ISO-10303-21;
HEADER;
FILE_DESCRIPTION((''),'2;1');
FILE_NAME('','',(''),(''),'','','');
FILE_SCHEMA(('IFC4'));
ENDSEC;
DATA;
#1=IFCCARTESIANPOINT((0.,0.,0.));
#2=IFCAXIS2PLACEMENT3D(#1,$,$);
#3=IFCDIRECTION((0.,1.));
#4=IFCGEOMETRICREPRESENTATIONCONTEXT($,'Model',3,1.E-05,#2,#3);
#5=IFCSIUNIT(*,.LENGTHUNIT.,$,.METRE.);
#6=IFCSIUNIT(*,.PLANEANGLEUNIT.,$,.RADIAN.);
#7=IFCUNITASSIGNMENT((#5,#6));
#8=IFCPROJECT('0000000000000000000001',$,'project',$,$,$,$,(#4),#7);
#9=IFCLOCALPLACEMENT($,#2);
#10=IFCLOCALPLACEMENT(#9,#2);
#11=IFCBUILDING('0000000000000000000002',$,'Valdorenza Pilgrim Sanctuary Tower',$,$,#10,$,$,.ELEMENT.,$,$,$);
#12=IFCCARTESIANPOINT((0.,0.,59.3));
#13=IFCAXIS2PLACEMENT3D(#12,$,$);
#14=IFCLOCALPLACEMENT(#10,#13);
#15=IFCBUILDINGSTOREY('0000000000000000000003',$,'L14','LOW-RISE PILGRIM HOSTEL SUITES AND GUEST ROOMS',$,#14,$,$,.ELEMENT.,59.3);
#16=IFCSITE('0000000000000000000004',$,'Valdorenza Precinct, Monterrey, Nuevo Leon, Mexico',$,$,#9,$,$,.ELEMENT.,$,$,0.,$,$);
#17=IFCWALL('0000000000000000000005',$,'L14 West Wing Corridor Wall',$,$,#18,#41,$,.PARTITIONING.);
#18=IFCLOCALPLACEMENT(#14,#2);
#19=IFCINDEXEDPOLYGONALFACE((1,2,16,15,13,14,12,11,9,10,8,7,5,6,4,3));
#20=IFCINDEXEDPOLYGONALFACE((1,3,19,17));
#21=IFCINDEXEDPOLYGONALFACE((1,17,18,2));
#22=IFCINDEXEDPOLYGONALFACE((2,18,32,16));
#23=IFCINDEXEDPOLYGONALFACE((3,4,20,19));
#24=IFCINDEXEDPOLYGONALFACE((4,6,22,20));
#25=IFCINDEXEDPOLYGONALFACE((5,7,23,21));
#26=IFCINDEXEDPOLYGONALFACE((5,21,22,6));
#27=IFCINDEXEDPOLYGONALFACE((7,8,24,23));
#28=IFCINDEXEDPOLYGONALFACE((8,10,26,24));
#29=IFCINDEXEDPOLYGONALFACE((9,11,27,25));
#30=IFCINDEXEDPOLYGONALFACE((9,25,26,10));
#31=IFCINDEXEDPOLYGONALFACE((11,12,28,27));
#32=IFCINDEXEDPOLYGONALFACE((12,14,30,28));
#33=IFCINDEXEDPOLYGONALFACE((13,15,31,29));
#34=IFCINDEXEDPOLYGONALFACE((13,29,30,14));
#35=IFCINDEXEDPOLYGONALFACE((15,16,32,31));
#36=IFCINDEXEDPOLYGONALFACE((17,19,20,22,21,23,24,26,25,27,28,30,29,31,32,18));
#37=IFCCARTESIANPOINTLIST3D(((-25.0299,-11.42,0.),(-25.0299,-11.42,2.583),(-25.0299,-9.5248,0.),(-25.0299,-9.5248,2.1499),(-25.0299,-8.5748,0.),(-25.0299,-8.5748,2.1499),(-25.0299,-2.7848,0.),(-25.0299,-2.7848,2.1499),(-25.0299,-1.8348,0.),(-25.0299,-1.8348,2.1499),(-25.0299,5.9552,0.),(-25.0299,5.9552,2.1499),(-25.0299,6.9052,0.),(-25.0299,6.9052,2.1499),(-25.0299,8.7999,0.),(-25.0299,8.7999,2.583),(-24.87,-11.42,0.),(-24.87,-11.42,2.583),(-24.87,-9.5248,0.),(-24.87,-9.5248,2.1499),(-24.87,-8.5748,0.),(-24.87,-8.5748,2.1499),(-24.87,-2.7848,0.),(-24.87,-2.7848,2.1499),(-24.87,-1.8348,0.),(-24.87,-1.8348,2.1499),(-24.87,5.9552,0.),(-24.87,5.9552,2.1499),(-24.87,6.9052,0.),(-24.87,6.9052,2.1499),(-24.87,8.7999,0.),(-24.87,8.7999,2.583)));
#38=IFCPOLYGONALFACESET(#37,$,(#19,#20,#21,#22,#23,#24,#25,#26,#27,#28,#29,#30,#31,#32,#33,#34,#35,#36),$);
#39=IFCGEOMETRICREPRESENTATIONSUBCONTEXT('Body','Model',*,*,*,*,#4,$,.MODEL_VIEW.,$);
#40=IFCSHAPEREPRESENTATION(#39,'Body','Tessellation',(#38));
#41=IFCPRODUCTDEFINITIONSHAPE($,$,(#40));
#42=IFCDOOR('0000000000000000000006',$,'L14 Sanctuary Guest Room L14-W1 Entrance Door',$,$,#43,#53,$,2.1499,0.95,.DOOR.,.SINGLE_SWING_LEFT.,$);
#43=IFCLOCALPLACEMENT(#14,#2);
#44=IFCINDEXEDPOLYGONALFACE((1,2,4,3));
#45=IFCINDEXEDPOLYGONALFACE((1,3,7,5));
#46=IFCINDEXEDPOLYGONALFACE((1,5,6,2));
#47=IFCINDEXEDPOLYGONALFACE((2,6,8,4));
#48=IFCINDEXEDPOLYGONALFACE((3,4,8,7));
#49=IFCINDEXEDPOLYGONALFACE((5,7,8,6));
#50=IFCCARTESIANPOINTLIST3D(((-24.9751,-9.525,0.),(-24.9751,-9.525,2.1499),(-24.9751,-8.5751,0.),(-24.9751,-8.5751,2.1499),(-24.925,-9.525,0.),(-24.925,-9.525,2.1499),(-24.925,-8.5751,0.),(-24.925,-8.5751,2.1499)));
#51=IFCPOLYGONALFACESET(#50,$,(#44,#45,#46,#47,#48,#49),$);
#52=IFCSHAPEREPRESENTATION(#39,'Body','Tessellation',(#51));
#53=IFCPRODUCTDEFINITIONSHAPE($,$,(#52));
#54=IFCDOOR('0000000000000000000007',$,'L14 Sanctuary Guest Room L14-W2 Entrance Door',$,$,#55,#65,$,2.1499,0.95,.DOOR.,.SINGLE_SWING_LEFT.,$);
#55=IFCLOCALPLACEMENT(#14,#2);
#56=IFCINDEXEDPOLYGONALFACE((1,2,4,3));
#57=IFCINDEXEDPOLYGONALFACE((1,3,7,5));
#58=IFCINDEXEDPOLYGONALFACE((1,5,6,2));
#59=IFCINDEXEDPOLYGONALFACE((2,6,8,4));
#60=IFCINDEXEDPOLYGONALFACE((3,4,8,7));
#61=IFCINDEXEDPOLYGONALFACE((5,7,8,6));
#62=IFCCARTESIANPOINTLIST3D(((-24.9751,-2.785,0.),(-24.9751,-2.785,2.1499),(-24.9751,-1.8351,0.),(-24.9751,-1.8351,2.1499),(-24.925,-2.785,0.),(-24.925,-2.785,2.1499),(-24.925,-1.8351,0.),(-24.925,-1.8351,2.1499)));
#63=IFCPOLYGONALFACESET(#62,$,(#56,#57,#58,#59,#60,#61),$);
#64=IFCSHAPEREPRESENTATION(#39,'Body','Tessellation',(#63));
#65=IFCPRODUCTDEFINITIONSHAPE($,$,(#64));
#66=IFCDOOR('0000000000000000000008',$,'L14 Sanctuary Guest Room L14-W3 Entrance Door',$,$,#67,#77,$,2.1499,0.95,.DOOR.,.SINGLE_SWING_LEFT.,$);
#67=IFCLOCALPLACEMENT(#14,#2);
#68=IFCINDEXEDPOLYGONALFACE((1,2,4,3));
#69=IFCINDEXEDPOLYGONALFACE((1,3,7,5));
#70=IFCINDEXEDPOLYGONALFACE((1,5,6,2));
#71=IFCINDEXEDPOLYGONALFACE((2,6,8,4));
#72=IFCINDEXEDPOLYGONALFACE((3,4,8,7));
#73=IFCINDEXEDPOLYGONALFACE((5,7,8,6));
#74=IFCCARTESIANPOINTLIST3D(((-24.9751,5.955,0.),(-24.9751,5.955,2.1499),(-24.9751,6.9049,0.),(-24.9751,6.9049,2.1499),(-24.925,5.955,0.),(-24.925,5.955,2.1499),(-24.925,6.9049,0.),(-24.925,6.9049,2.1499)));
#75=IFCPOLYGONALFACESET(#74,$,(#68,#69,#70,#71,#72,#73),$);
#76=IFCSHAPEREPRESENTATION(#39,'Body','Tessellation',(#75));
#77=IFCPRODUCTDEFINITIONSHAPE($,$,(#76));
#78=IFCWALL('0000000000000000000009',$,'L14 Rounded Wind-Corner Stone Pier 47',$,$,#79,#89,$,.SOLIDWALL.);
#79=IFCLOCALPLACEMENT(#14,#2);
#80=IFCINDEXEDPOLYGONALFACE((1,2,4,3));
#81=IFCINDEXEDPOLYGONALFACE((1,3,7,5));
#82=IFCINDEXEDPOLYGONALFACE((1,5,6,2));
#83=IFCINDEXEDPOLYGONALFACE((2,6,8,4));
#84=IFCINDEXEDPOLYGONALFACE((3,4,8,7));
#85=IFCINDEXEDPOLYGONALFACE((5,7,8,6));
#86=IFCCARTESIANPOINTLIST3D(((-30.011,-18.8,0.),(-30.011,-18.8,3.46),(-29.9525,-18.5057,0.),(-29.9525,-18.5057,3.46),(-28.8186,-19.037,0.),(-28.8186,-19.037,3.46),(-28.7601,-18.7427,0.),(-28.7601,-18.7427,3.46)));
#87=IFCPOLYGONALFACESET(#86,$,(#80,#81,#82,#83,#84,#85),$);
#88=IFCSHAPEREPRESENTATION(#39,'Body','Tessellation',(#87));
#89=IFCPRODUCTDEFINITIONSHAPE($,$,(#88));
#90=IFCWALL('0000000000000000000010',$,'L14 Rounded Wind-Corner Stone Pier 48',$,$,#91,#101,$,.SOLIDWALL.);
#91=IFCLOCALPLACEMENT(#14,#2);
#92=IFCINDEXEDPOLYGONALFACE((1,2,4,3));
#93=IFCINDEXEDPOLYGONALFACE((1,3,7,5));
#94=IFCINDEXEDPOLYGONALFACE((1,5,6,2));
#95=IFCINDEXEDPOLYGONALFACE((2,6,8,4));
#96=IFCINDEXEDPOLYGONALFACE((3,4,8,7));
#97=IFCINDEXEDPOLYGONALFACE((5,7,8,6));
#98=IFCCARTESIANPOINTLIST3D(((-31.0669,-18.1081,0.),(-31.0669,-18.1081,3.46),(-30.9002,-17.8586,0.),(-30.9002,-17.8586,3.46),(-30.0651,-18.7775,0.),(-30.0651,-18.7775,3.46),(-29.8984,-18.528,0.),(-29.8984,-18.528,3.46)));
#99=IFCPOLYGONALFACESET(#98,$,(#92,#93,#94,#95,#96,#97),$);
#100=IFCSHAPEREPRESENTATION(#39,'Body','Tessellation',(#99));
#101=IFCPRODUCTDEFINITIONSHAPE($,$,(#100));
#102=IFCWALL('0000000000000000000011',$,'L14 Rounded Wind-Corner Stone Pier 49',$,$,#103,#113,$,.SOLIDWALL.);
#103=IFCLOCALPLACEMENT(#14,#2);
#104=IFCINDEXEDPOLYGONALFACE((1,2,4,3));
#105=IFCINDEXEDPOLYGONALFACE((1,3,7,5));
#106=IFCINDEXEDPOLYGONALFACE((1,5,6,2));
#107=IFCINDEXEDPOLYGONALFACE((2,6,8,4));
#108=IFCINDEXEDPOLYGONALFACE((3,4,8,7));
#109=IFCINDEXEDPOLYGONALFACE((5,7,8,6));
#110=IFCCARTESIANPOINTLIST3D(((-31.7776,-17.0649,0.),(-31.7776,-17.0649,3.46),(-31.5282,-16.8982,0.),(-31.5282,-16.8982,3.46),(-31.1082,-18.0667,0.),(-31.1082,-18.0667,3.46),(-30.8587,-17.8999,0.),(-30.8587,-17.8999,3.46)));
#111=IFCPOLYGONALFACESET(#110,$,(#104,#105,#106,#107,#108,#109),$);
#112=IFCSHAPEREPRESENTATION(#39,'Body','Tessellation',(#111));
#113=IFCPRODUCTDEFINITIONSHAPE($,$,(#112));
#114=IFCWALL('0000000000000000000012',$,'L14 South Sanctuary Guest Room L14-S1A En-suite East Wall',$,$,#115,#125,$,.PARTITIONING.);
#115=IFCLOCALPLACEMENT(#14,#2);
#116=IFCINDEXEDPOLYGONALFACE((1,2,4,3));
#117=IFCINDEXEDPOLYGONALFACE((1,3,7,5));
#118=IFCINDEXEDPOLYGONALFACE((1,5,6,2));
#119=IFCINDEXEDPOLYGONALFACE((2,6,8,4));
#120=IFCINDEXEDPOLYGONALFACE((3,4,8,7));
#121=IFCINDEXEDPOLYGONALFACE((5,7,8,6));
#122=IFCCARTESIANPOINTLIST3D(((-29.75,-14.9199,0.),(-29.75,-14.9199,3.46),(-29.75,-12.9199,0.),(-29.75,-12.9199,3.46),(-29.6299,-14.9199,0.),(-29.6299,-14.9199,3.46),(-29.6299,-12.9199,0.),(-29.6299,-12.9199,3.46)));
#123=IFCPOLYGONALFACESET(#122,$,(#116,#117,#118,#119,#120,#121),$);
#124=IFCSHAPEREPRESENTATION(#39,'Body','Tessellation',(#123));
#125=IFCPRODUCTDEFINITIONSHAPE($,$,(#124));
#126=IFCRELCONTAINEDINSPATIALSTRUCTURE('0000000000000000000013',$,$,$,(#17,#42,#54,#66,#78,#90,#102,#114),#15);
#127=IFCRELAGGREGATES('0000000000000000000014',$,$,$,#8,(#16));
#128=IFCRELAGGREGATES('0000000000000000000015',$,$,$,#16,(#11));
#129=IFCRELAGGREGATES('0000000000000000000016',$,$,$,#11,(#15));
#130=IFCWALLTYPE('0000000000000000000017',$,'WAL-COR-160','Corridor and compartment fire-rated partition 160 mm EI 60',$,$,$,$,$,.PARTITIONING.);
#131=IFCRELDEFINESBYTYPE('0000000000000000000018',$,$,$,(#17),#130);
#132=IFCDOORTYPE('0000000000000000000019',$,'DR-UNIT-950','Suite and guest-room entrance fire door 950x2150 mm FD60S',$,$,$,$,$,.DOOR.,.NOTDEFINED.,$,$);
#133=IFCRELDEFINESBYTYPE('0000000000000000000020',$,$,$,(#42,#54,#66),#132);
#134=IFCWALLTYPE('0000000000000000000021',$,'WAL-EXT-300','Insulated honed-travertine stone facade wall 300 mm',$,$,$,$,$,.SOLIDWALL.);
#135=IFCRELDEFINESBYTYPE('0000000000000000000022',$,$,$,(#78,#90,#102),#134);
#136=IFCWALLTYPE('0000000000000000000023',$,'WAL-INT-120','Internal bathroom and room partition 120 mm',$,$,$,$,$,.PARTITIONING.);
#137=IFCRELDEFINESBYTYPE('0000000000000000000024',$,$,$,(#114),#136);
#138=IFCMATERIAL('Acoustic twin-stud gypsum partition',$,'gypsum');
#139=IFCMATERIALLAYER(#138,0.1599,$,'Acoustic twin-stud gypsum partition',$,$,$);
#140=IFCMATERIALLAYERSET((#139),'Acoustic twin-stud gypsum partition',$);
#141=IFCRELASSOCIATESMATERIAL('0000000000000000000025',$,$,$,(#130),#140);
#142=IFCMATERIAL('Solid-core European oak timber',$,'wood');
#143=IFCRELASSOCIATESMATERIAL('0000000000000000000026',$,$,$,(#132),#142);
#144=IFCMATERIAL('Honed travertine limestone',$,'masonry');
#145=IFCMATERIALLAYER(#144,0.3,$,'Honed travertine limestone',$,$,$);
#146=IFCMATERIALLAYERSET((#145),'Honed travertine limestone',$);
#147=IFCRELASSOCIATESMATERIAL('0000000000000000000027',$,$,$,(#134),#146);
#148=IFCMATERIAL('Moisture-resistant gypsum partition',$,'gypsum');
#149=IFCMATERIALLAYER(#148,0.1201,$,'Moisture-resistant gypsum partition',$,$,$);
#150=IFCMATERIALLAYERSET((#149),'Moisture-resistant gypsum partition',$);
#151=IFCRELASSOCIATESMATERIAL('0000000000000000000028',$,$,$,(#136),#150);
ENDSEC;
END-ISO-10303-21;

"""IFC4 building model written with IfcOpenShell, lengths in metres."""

from ifc_helpers import new_model, si_unit, direction, frame, frame_2d, origin, place, context, subcontext, project, spatial, rectangle, extrude, material, layer, layer_set, type_object, element, fill, save


model = new_model("IFC4")

# Units and contexts
model_context = context("Model", 3, precision=1e-05, world=origin(), true_north=direction((0.0, 1.0)))
body_context = subcontext(model_context, "Body", "Model", "MODEL_VIEW")
ifc_project = project(units=[si_unit("LENGTHUNIT", "METRE"), si_unit("PLANEANGLEUNIT", "RADIAN")], contexts=[model_context])

# Site, building, storey
site_placement = place(None, origin())
site = spatial("IfcSite", under=ifc_project, at=site_placement, Name="Valdorenza Precinct, Monterrey, Nuevo Leon, Mexico", CompositionType="ELEMENT", RefElevation=0.0)
building_placement = place(site_placement, origin())
building = spatial("IfcBuilding", under=site, at=building_placement, Name="Valdorenza Pilgrim Sanctuary Tower", CompositionType="ELEMENT")
storey_placement = place(building_placement, frame((0.0, 0.0, 59.3)))
storey = spatial("IfcBuildingStorey", under=building, at=storey_placement, Name="L14", Description="LOW-RISE PILGRIM HOSTEL SUITES AND GUEST ROOMS", CompositionType="ELEMENT", Elevation=59.3)

# Shared definitions
ifc_material_1 = material(Name="Honed travertine limestone", Category="masonry")

# Wall, openings, doors
ifc_material_2 = material(Name="Acoustic twin-stud gypsum partition", Category="gypsum")
ifc_layer_1 = layer(ifc_material_2, 0.1599, Name="Acoustic twin-stud gypsum partition")
ifc_layer_set_1 = layer_set([ifc_layer_1], Name="Acoustic twin-stud gypsum partition")
wall_type_1 = type_object("IfcWallType", Name="WAL-COR-160", Description="Corridor and compartment fire-rated partition 160 mm EI 60", PredefinedType="PARTITIONING", material=ifc_layer_set_1)
wall_1_placement = place(storey_placement, frame((-24.95, -11.4199, 0.0), z_axis=(0.0, 0.0, 1.0), x_axis=(0.0, 1.0, 0.0)))
wall_1 = element("IfcWall", 1, at=wall_1_placement, inside=storey, type_object=wall_type_1, Name="L14 West Wing Corridor Wall", PredefinedType="PARTITIONING", context=body_context, shape_type="SweptSolid", body=[
    extrude(rectangle(XDim=20.22, YDim=0.1599, at=frame_2d((10.1099, 0.0))), origin(), (0.0, 0.0, 1.0), 2.583),
])
opening_1_placement = place(wall_1_placement, frame((1.895, 0.0, 0.0)))
opening_1 = element("IfcOpeningElement", 2, at=opening_1_placement, cuts=wall_1, PredefinedType="OPENING", context=body_context, shape_type="SweptSolid", body=[
    extrude(rectangle(XDim=0.95, YDim=2.1499, at=frame_2d((0.4751, 1.075))), frame((0.0, 0.0947, 0.0), z_axis=(0.0, -1.0, 0.0), x_axis=(1.0, 0.0, 0.0)), (0.0, 0.0, 1.0), 0.1897),
])
opening_2_placement = place(wall_1_placement, frame((8.635, 0.0, 0.0)))
opening_2 = element("IfcOpeningElement", 3, at=opening_2_placement, cuts=wall_1, PredefinedType="OPENING", context=body_context, shape_type="SweptSolid", body=[
    extrude(rectangle(XDim=0.95, YDim=2.1499, at=frame_2d((0.4751, 1.075))), frame((0.0, 0.0947, 0.0), z_axis=(0.0, -1.0, 0.0), x_axis=(1.0, 0.0, 0.0)), (0.0, 0.0, 1.0), 0.1897),
])
opening_3_placement = place(wall_1_placement, frame((17.375, 0.0, 0.0)))
opening_3 = element("IfcOpeningElement", 4, at=opening_3_placement, cuts=wall_1, PredefinedType="OPENING", context=body_context, shape_type="SweptSolid", body=[
    extrude(rectangle(XDim=0.95, YDim=2.1499, at=frame_2d((0.4751, 1.075))), frame((0.0, 0.0947, 0.0), z_axis=(0.0, -1.0, 0.0), x_axis=(1.0, 0.0, 0.0)), (0.0, 0.0, 1.0), 0.1897),
])
ifc_material_3 = material(Name="Solid-core European oak timber", Category="wood")
door_type = type_object("IfcDoorType", Name="DR-UNIT-950", Description="Suite and guest-room entrance fire door 950x2150 mm FD60S", OperationType="NOTDEFINED", PredefinedType="DOOR", material=ifc_material_3)
door_1_placement = place(opening_1_placement, frame((0.95, 0.0, 0.0), z_axis=(0.0, 0.0, 1.0), x_axis=(-1.0, 0.0, 0.0)))
door_1 = element("IfcDoor", 5, at=door_1_placement, inside=storey, type_object=door_type, Name="L14 Sanctuary Guest Room L14-W1 Entrance Door", OperationType="SINGLE_SWING_LEFT", OverallHeight=2.1499, OverallWidth=0.95, PredefinedType="DOOR", context=body_context, shape_type="SweptSolid", body=[
    extrude(rectangle(XDim=0.95, YDim=2.1499, at=frame_2d((0.4751, 1.075))), frame((0.0, 0.0249, 0.0), z_axis=(0.0, -1.0, 0.0), x_axis=(1.0, 0.0, 0.0)), (0.0, 0.0, 1.0), 0.05),
])
fill(opening_1, door_1)
door_2_placement = place(opening_2_placement, frame((0.95, 0.0, 0.0), z_axis=(0.0, 0.0, 1.0), x_axis=(-1.0, 0.0, 0.0)))
door_2 = element("IfcDoor", 6, at=door_2_placement, inside=storey, type_object=door_type, Name="L14 Sanctuary Guest Room L14-W2 Entrance Door", OperationType="SINGLE_SWING_LEFT", OverallHeight=2.1499, OverallWidth=0.95, PredefinedType="DOOR", context=body_context, shape_type="SweptSolid", body=[
    extrude(rectangle(XDim=0.95, YDim=2.1499, at=frame_2d((0.4751, 1.075))), frame((0.0, 0.0249, 0.0), z_axis=(0.0, -1.0, 0.0), x_axis=(1.0, 0.0, 0.0)), (0.0, 0.0, 1.0), 0.05),
])
fill(opening_2, door_2)
door_3_placement = place(opening_3_placement, frame((0.95, 0.0, 0.0), z_axis=(0.0, 0.0, 1.0), x_axis=(-1.0, 0.0, 0.0)))
door_3 = element("IfcDoor", 7, at=door_3_placement, inside=storey, type_object=door_type, Name="L14 Sanctuary Guest Room L14-W3 Entrance Door", OperationType="SINGLE_SWING_LEFT", OverallHeight=2.1499, OverallWidth=0.95, PredefinedType="DOOR", context=body_context, shape_type="SweptSolid", body=[
    extrude(rectangle(XDim=0.95, YDim=2.1499, at=frame_2d((0.4751, 1.075))), frame((0.0, 0.0249, 0.0), z_axis=(0.0, -1.0, 0.0), x_axis=(1.0, 0.0, 0.0)), (0.0, 0.0, 1.0), 0.05),
])
fill(opening_3, door_3)

# Walls
ifc_layer_2 = layer(ifc_material_1, 0.3, Name="Honed travertine limestone")
ifc_layer_set_2 = layer_set([ifc_layer_2], Name="Honed travertine limestone")
wall_type_2 = type_object("IfcWallType", Name="WAL-EXT-300", Description="Insulated honed-travertine stone facade wall 300 mm", PredefinedType="SOLIDWALL", material=ifc_layer_set_2)
wall_2_placement = place(storey_placement, frame((-28.7893, -18.8899, 0.0), z_axis=(0.0, 0.0, 1.0), x_axis=(-0.980804, 0.194996, 0.0)))
element("IfcWall", 8, at=wall_2_placement, inside=storey, type_object=wall_type_2, Name="L14 Rounded Wind-Corner Stone Pier 47", PredefinedType="SOLIDWALL", context=body_context, shape_type="SweptSolid", body=[
    extrude(rectangle(XDim=1.2158, YDim=0.3, at=frame_2d((0.6079, 0.0))), origin(), (0.0, 0.0, 1.0), 3.46),
])
for number, where, z_axis, x_axis, name in (
    (9, (-29.9817, -18.6528, 0.0), (0.0, 0.0, 1.0), (-0.831426, 0.555635, 0.0), "L14 Rounded Wind-Corner Stone Pier 48"),
    (10, (-30.9834, -17.9834, 0.0), (0.0, 0.0, 1.0), (-0.555635, 0.831426, 0.0), "L14 Rounded Wind-Corner Stone Pier 49"),
):
    element("IfcWall", number, at=place(storey_placement, frame(where, z_axis=z_axis, x_axis=x_axis)), inside=storey, type_object=wall_type_2, Name=name, PredefinedType="SOLIDWALL", context=body_context, shape_type="SweptSolid", body=[
        extrude(rectangle(XDim=1.2048, YDim=0.3, at=frame_2d((0.6025, 0.0))), origin(), (0.0, 0.0, 1.0), 3.46),
    ])
ifc_material_4 = material(Name="Moisture-resistant gypsum partition", Category="gypsum")
ifc_layer_3 = layer(ifc_material_4, 0.1201, Name="Moisture-resistant gypsum partition")
ifc_layer_set_3 = layer_set([ifc_layer_3], Name="Moisture-resistant gypsum partition")
wall_type_3 = type_object("IfcWallType", Name="WAL-INT-120", Description="Internal bathroom and room partition 120 mm", PredefinedType="PARTITIONING", material=ifc_layer_set_3)
wall_3_placement = place(storey_placement, frame((-29.6899, -14.9199, 0.0), z_axis=(0.0, 0.0, 1.0), x_axis=(0.0, 1.0, 0.0)))
element("IfcWall", 11, at=wall_3_placement, inside=storey, type_object=wall_type_3, Name="L14 South Sanctuary Guest Room L14-S1A En-suite East Wall", PredefinedType="PARTITIONING", context=body_context, shape_type="SweptSolid", body=[
    extrude(rectangle(XDim=2.0, YDim=0.1201, at=frame_2d((1.0, 0.0))), origin(), (0.0, 0.0, 1.0), 3.46),
])

save(model, "model.ifc")
